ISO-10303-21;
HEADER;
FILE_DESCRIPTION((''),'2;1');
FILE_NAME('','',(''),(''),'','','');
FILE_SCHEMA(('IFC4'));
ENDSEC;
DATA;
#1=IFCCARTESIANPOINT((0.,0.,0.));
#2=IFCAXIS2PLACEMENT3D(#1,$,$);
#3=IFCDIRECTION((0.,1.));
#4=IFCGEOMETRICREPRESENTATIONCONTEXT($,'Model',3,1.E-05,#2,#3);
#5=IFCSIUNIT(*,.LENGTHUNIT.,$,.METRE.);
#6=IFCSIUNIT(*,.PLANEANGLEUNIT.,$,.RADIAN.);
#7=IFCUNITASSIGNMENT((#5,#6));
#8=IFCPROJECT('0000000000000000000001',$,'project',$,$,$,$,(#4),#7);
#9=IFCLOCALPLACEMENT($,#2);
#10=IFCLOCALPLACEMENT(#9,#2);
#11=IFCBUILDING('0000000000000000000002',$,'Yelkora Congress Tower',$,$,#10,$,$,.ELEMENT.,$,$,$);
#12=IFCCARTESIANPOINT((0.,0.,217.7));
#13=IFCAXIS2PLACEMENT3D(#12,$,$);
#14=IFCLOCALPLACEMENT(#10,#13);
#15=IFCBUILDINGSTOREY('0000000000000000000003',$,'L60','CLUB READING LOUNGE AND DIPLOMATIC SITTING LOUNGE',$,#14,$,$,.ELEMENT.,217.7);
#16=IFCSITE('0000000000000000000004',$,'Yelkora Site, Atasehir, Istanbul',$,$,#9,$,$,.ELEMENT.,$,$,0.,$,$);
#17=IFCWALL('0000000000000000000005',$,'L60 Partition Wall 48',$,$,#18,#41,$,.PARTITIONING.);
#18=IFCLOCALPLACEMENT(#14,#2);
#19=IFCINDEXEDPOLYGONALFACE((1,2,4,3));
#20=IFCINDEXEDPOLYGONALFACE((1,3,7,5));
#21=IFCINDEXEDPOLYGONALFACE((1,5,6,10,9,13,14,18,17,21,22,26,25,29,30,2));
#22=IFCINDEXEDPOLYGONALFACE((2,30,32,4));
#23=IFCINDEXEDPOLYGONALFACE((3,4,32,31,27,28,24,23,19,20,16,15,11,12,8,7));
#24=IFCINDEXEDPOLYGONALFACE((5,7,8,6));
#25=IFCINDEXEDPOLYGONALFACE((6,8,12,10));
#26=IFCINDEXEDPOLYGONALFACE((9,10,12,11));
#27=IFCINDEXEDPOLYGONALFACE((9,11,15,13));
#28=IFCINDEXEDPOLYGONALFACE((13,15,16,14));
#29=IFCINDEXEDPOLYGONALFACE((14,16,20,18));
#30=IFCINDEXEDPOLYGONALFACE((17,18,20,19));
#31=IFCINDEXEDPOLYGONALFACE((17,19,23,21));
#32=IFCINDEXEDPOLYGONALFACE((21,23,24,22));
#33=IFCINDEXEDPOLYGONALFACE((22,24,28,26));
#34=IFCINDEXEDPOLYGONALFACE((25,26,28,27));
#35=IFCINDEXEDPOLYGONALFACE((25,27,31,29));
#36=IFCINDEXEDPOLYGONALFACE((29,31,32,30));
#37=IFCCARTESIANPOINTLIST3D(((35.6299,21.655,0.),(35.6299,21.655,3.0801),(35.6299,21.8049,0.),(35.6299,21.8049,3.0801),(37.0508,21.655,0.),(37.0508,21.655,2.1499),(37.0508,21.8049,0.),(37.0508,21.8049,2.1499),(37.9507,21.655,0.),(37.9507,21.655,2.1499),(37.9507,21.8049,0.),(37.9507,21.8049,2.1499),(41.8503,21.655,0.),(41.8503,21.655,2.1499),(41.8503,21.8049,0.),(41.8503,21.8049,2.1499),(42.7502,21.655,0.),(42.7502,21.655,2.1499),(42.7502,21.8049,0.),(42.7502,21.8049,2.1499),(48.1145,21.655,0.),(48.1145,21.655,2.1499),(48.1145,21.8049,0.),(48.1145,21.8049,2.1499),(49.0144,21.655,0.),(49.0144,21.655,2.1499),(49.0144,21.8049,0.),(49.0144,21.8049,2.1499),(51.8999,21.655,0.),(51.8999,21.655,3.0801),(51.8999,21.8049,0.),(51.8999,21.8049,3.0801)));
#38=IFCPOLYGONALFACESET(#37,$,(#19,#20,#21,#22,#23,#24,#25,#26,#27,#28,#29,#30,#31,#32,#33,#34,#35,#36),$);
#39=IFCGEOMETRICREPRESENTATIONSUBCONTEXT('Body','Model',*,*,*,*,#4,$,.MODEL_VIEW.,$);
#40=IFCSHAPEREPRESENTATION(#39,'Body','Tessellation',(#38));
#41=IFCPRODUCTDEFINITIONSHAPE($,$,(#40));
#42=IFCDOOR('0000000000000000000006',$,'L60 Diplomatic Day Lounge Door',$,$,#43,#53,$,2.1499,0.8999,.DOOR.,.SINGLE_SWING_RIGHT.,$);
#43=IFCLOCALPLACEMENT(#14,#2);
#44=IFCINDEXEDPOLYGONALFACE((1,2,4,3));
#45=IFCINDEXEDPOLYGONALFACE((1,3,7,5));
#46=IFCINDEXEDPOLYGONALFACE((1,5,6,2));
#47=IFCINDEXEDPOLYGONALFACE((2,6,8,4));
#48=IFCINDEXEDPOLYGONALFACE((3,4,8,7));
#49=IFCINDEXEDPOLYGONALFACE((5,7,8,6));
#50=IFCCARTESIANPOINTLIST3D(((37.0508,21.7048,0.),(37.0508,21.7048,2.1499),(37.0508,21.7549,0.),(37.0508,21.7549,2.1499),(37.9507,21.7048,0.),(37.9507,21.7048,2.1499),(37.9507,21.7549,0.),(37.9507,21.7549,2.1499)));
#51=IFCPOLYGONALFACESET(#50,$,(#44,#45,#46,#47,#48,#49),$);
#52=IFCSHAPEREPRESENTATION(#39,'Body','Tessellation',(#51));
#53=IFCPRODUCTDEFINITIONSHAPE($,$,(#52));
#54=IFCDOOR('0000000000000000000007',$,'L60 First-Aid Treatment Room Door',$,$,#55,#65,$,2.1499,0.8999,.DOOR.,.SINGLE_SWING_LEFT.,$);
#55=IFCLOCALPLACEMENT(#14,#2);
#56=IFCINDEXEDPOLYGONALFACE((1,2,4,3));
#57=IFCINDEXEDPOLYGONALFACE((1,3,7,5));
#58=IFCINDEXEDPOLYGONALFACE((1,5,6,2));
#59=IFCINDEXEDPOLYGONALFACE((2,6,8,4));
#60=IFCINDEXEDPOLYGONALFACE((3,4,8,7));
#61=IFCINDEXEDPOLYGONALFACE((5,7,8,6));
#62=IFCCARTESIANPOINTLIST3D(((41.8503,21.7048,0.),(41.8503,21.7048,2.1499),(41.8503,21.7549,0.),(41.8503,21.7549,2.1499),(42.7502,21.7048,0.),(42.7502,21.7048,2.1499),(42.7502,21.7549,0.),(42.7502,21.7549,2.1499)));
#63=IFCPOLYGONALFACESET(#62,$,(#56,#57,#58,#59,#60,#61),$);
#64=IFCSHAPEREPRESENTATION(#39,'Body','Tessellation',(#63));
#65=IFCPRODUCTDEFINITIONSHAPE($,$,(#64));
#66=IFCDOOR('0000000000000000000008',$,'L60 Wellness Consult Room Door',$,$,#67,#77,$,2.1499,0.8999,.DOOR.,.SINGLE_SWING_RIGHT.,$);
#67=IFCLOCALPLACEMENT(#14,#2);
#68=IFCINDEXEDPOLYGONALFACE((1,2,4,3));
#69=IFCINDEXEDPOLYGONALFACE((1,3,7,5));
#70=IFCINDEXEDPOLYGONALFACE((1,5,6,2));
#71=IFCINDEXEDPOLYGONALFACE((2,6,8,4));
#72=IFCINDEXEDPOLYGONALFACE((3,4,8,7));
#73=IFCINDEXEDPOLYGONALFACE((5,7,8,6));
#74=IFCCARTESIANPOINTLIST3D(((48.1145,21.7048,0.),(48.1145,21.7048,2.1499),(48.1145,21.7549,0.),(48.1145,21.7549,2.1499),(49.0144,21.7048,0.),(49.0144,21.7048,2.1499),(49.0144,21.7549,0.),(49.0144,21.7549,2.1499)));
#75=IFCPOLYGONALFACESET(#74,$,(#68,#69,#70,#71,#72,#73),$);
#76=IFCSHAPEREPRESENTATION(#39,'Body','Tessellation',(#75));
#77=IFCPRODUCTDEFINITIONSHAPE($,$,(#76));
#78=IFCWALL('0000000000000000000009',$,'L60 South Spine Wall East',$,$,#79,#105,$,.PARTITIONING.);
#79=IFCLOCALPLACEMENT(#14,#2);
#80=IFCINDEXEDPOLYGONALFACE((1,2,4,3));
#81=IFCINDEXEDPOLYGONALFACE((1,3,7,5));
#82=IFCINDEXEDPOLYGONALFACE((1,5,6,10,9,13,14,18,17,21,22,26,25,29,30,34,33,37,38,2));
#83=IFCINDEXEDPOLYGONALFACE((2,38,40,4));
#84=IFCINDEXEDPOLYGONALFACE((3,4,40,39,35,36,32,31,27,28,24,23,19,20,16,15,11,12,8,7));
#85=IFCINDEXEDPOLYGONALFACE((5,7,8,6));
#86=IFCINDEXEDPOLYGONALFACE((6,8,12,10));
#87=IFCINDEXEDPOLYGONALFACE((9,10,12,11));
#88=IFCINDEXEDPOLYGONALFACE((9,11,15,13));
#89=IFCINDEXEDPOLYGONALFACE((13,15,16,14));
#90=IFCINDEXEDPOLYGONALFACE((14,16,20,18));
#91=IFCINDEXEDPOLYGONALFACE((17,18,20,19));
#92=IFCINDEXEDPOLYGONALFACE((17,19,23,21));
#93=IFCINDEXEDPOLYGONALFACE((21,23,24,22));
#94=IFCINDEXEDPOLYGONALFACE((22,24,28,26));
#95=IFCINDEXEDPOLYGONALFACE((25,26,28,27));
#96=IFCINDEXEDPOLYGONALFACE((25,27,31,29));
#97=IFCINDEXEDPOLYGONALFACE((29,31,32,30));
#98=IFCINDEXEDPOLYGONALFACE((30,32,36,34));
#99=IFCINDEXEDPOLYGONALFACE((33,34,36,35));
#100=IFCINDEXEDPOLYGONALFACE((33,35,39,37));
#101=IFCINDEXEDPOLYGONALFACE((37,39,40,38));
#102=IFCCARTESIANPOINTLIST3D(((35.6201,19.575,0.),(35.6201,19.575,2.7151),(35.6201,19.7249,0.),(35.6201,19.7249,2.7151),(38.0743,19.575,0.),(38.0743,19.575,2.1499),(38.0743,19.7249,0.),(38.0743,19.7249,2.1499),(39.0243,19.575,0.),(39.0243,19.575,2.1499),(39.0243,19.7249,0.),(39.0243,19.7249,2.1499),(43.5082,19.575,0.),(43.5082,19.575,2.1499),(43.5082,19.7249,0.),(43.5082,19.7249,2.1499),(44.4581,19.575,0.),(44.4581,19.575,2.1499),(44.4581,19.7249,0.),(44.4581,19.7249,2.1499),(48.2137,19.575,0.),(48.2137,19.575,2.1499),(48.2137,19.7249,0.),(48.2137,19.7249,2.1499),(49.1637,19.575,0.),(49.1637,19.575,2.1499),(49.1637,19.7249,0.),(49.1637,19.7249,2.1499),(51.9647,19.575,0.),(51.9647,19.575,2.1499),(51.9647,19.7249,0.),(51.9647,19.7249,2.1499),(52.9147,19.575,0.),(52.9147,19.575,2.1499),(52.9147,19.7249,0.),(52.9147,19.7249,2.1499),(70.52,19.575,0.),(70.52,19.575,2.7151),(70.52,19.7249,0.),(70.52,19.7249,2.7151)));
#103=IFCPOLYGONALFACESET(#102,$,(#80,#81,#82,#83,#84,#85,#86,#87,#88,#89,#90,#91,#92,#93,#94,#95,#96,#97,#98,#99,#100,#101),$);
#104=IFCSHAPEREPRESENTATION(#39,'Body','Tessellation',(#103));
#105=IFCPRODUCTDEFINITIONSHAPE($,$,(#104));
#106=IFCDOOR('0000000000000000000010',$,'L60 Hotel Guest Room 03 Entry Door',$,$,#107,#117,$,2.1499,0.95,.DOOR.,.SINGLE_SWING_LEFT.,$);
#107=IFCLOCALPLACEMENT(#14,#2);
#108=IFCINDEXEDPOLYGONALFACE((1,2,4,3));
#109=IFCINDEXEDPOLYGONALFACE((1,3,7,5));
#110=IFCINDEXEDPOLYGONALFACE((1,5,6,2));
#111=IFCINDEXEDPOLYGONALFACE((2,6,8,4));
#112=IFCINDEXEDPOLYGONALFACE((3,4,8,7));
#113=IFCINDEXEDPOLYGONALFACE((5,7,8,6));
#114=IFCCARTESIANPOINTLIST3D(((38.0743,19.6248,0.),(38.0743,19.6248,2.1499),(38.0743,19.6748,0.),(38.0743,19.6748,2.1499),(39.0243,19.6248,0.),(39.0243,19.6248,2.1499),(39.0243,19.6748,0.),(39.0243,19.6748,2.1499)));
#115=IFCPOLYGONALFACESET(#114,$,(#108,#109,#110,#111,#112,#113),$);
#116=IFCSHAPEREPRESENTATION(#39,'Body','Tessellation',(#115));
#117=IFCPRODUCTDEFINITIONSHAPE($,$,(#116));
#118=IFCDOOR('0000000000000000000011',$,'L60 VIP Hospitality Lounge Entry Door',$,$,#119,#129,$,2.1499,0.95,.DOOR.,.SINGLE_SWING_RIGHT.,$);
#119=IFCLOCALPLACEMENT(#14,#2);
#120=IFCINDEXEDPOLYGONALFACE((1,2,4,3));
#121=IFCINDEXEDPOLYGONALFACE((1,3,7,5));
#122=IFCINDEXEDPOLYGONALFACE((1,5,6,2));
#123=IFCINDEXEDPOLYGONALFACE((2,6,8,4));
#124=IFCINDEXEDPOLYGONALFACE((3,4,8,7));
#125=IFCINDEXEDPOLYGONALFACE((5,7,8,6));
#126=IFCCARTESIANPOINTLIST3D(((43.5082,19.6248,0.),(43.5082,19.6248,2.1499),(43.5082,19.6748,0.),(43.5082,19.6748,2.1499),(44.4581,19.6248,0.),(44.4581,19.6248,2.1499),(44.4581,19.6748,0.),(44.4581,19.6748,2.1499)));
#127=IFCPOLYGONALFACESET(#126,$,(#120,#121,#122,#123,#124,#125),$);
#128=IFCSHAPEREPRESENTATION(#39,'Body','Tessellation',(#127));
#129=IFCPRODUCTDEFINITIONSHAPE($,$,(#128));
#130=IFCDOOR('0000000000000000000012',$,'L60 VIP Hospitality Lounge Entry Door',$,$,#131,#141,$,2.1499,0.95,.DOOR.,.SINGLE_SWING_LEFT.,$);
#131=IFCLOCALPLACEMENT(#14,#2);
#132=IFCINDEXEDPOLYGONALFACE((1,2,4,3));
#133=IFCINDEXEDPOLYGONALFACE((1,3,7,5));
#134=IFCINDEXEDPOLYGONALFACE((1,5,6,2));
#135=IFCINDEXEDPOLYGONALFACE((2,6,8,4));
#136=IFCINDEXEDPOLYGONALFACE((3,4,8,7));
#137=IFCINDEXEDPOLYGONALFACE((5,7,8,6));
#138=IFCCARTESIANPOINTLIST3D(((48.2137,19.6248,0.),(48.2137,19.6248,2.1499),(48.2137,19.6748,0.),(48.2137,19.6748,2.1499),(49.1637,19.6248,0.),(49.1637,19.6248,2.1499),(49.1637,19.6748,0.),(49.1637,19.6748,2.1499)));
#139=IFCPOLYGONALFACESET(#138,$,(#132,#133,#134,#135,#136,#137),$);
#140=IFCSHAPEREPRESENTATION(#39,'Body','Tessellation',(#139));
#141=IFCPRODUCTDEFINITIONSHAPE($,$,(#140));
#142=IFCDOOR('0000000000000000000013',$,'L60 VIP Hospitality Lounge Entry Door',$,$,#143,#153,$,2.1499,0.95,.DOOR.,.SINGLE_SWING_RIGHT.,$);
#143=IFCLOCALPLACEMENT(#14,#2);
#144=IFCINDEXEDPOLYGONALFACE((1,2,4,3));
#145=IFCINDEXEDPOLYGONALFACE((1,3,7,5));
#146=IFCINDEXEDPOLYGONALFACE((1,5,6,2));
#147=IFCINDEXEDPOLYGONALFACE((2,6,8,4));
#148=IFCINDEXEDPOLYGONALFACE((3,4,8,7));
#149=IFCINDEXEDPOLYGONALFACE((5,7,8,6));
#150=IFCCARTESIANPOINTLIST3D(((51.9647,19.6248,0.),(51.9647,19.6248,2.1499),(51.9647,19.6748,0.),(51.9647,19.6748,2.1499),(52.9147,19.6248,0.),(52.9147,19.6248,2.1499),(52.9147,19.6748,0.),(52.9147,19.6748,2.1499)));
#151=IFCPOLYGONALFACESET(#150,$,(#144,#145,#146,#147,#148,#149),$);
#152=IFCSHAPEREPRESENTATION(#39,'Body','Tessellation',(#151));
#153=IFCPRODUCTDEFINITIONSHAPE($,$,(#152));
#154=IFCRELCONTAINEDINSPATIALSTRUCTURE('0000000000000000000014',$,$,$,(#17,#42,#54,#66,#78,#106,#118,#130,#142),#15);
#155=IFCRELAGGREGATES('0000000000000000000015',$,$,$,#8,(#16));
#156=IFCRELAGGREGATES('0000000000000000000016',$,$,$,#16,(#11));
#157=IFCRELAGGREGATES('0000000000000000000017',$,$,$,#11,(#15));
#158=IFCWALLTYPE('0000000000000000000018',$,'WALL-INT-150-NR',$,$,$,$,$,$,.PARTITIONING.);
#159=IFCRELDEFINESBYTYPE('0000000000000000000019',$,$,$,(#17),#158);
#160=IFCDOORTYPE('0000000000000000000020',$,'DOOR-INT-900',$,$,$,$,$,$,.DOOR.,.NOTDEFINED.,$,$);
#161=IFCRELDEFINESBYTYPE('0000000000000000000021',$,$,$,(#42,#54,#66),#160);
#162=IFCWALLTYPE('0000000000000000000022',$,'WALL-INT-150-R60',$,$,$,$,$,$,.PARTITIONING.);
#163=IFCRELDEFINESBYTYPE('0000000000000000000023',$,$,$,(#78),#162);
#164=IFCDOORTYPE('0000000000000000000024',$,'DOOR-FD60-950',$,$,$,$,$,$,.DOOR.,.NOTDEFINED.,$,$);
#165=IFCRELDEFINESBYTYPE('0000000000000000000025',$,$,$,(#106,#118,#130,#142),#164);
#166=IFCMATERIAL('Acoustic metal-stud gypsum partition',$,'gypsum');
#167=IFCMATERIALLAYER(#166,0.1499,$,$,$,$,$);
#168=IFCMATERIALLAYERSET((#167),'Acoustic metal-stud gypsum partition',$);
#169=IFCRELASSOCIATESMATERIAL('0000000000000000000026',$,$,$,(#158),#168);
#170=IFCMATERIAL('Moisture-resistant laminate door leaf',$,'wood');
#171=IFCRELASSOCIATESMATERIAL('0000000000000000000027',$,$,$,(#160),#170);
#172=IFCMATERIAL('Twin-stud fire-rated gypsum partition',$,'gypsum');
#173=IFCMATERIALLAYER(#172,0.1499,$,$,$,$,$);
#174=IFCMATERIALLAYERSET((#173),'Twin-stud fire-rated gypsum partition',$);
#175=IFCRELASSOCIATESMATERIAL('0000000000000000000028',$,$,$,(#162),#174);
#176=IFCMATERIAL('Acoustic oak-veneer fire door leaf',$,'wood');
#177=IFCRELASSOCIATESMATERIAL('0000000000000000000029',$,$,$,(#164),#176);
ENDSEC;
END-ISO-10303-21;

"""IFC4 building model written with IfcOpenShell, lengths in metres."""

from ifc_helpers import new_model, si_unit, direction, frame, frame_2d, origin, place, context, subcontext, project, spatial, rectangle, extrude, material, layer, layer_set, type_object, element, fill, save


model = new_model("IFC4")

# Units and contexts
model_context = context("Model", 3, precision=1e-05, world=origin(), true_north=direction((0.0, 1.0)))
body_context = subcontext(model_context, "Body", "Model", "MODEL_VIEW")
ifc_project = project(units=[si_unit("LENGTHUNIT", "METRE"), si_unit("PLANEANGLEUNIT", "RADIAN")], contexts=[model_context])

# Site, building, storey
site_placement = place(None, origin())
site = spatial("IfcSite", under=ifc_project, at=site_placement, Name="Yelkora Site, Atasehir, Istanbul", CompositionType="ELEMENT", RefElevation=0.0)
building_placement = place(site_placement, origin())
building = spatial("IfcBuilding", under=site, at=building_placement, Name="Yelkora Congress Tower", CompositionType="ELEMENT")
storey_placement = place(building_placement, frame((0.0, 0.0, 217.7)))
storey = spatial("IfcBuildingStorey", under=building, at=storey_placement, Name="L60", Description="CLUB READING LOUNGE AND DIPLOMATIC SITTING LOUNGE", CompositionType="ELEMENT", Elevation=217.7)

# Shared definitions
ifc_material_1 = material(Name="Acoustic metal-stud gypsum partition", Category="gypsum")
ifc_layer_1 = layer(ifc_material_1, 0.1499)
ifc_layer_set_1 = layer_set([ifc_layer_1], Name="Acoustic metal-stud gypsum partition")
wall_type_1 = type_object("IfcWallType", Name="WALL-INT-150-NR", PredefinedType="PARTITIONING", material=ifc_layer_set_1)
ifc_material_2 = material(Name="Moisture-resistant laminate door leaf", Category="wood")
door_type_1 = type_object("IfcDoorType", Name="DOOR-INT-900", OperationType="NOTDEFINED", PredefinedType="DOOR", material=ifc_material_2)

# Walls, openings, doors
wall_1_placement = place(storey_placement, frame((35.6299, 21.73, 0.0), z_axis=(0.0, 0.0, 1.0), x_axis=(1.0, 0.0, 0.0)))
wall_1 = element("IfcWall", 1, at=wall_1_placement, inside=storey, type_object=wall_type_1, Name="L60 Partition Wall 48", PredefinedType="PARTITIONING", context=body_context, shape_type="SweptSolid", body=[
    extrude(rectangle(XDim=16.27, YDim=0.1499, at=frame_2d((8.135, 0.0))), origin(), (0.0, 0.0, 1.0), 3.0801),
])
opening_1_placement = place(wall_1_placement, frame((1.4209, 0.0, 0.0)))
opening_1 = element("IfcOpeningElement", 2, at=opening_1_placement, cuts=wall_1, PredefinedType="OPENING", context=body_context, shape_type="SweptSolid", body=[
    extrude(rectangle(XDim=0.8999, YDim=2.1499, at=frame_2d((0.45, 1.075))), frame((0.0, 0.085, 0.0), z_axis=(0.0, -1.0, 0.0), x_axis=(1.0, 0.0, 0.0)), (0.0, 0.0, 1.0), 0.1699),
])
opening_2_placement = place(wall_1_placement, frame((6.2205, 0.0, 0.0)))
opening_2 = element("IfcOpeningElement", 3, at=opening_2_placement, cuts=wall_1, PredefinedType="OPENING", context=body_context, shape_type="SweptSolid", body=[
    extrude(rectangle(XDim=0.8999, YDim=2.1499, at=frame_2d((0.45, 1.075))), frame((0.0, 0.085, 0.0), z_axis=(0.0, -1.0, 0.0), x_axis=(1.0, 0.0, 0.0)), (0.0, 0.0, 1.0), 0.1699),
])
opening_3_placement = place(wall_1_placement, frame((12.4846, 0.0, 0.0)))
opening_3 = element("IfcOpeningElement", 4, at=opening_3_placement, cuts=wall_1, PredefinedType="OPENING", context=body_context, shape_type="SweptSolid", body=[
    extrude(rectangle(XDim=0.8999, YDim=2.1499, at=frame_2d((0.45, 1.075))), frame((0.0, 0.085, 0.0), z_axis=(0.0, -1.0, 0.0), x_axis=(1.0, 0.0, 0.0)), (0.0, 0.0, 1.0), 0.1699),
])
door_1_placement = place(opening_1_placement, origin())
door_1 = element("IfcDoor", 5, at=door_1_placement, inside=storey, type_object=door_type_1, Name="L60 Diplomatic Day Lounge Door", OperationType="SINGLE_SWING_RIGHT", OverallHeight=2.1499, OverallWidth=0.8999, PredefinedType="DOOR", context=body_context, shape_type="SweptSolid", body=[
    extrude(rectangle(XDim=0.8999, YDim=2.1499, at=frame_2d((0.45, 1.075))), frame((0.0, 0.0249, 0.0), z_axis=(0.0, -1.0, 0.0), x_axis=(1.0, 0.0, 0.0)), (0.0, 0.0, 1.0), 0.05),
])
fill(opening_1, door_1)
door_2_placement = place(opening_2_placement, origin())
door_2 = element("IfcDoor", 6, at=door_2_placement, inside=storey, type_object=door_type_1, Name="L60 First-Aid Treatment Room Door", OperationType="SINGLE_SWING_LEFT", OverallHeight=2.1499, OverallWidth=0.8999, PredefinedType="DOOR", context=body_context, shape_type="SweptSolid", body=[
    extrude(rectangle(XDim=0.8999, YDim=2.1499, at=frame_2d((0.45, 1.075))), frame((0.0, 0.0249, 0.0), z_axis=(0.0, -1.0, 0.0), x_axis=(1.0, 0.0, 0.0)), (0.0, 0.0, 1.0), 0.05),
])
fill(opening_2, door_2)
door_3_placement = place(opening_3_placement, origin())
door_3 = element("IfcDoor", 7, at=door_3_placement, inside=storey, type_object=door_type_1, Name="L60 Wellness Consult Room Door", OperationType="SINGLE_SWING_RIGHT", OverallHeight=2.1499, OverallWidth=0.8999, PredefinedType="DOOR", context=body_context, shape_type="SweptSolid", body=[
    extrude(rectangle(XDim=0.8999, YDim=2.1499, at=frame_2d((0.45, 1.075))), frame((0.0, 0.0249, 0.0), z_axis=(0.0, -1.0, 0.0), x_axis=(1.0, 0.0, 0.0)), (0.0, 0.0, 1.0), 0.05),
])
fill(opening_3, door_3)
ifc_material_3 = material(Name="Twin-stud fire-rated gypsum partition", Category="gypsum")
ifc_layer_2 = layer(ifc_material_3, 0.1499)
ifc_layer_set_2 = layer_set([ifc_layer_2], Name="Twin-stud fire-rated gypsum partition")
wall_type_2 = type_object("IfcWallType", Name="WALL-INT-150-R60", PredefinedType="PARTITIONING", material=ifc_layer_set_2)
wall_2_placement = place(storey_placement, frame((35.6201, 19.6499, 0.0), z_axis=(0.0, 0.0, 1.0), x_axis=(1.0, 0.0, 0.0)))
wall_2 = element("IfcWall", 8, at=wall_2_placement, inside=storey, type_object=wall_type_2, Name="L60 South Spine Wall East", PredefinedType="PARTITIONING", context=body_context, shape_type="SweptSolid", body=[
    extrude(rectangle(XDim=34.8999, YDim=0.1499, at=frame_2d((17.45, 0.0))), origin(), (0.0, 0.0, 1.0), 2.7151),
])
opening_4_placement = place(wall_2_placement, frame((2.4541, 0.0, 0.0)))
opening_4 = element("IfcOpeningElement", 9, at=opening_4_placement, cuts=wall_2, PredefinedType="OPENING", context=body_context, shape_type="SweptSolid", body=[
    extrude(rectangle(XDim=0.95, YDim=2.1499, at=frame_2d((0.4751, 1.075))), frame((0.0, 0.085, 0.0), z_axis=(0.0, -1.0, 0.0), x_axis=(1.0, 0.0, 0.0)), (0.0, 0.0, 1.0), 0.1699),
])
opening_5_placement = place(wall_2_placement, frame((7.8879, 0.0, 0.0)))
opening_5 = element("IfcOpeningElement", 10, at=opening_5_placement, cuts=wall_2, PredefinedType="OPENING", context=body_context, shape_type="SweptSolid", body=[
    extrude(rectangle(XDim=0.95, YDim=2.1499, at=frame_2d((0.4751, 1.075))), frame((0.0, 0.085, 0.0), z_axis=(0.0, -1.0, 0.0), x_axis=(1.0, 0.0, 0.0)), (0.0, 0.0, 1.0), 0.1699),
])
opening_6_placement = place(wall_2_placement, frame((12.5935, 0.0, 0.0)))
opening_6 = element("IfcOpeningElement", 11, at=opening_6_placement, cuts=wall_2, PredefinedType="OPENING", context=body_context, shape_type="SweptSolid", body=[
    extrude(rectangle(XDim=0.95, YDim=2.1499, at=frame_2d((0.4751, 1.075))), frame((0.0, 0.085, 0.0), z_axis=(0.0, -1.0, 0.0), x_axis=(1.0, 0.0, 0.0)), (0.0, 0.0, 1.0), 0.1699),
])
opening_7_placement = place(wall_2_placement, frame((16.3445, 0.0, 0.0)))
opening_7 = element("IfcOpeningElement", 12, at=opening_7_placement, cuts=wall_2, PredefinedType="OPENING", context=body_context, shape_type="SweptSolid", body=[
    extrude(rectangle(XDim=0.95, YDim=2.1499, at=frame_2d((0.4751, 1.075))), frame((0.0, 0.085, 0.0), z_axis=(0.0, -1.0, 0.0), x_axis=(1.0, 0.0, 0.0)), (0.0, 0.0, 1.0), 0.1699),
])
ifc_material_4 = material(Name="Acoustic oak-veneer fire door leaf", Category="wood")
door_type_2 = type_object("IfcDoorType", Name="DOOR-FD60-950", OperationType="NOTDEFINED", PredefinedType="DOOR", material=ifc_material_4)
door_4_placement = place(opening_4_placement, origin())
door_4 = element("IfcDoor", 13, at=door_4_placement, inside=storey, type_object=door_type_2, Name="L60 Hotel Guest Room 03 Entry Door", OperationType="SINGLE_SWING_LEFT", OverallHeight=2.1499, OverallWidth=0.95, PredefinedType="DOOR", context=body_context, shape_type="SweptSolid", body=[
    extrude(rectangle(XDim=0.95, YDim=2.1499, at=frame_2d((0.4751, 1.075))), frame((0.0, 0.0249, 0.0), z_axis=(0.0, -1.0, 0.0), x_axis=(1.0, 0.0, 0.0)), (0.0, 0.0, 1.0), 0.05),
])
fill(opening_4, door_4)
door_5_placement = place(opening_5_placement, origin())
door_5 = element("IfcDoor", 14, at=door_5_placement, inside=storey, type_object=door_type_2, Name="L60 VIP Hospitality Lounge Entry Door", OperationType="SINGLE_SWING_RIGHT", OverallHeight=2.1499, OverallWidth=0.95, PredefinedType="DOOR", context=body_context, shape_type="SweptSolid", body=[
    extrude(rectangle(XDim=0.95, YDim=2.1499, at=frame_2d((0.4751, 1.075))), frame((0.0, 0.0249, 0.0), z_axis=(0.0, -1.0, 0.0), x_axis=(1.0, 0.0, 0.0)), (0.0, 0.0, 1.0), 0.05),
])
fill(opening_5, door_5)
door_6_placement = place(opening_6_placement, origin())
door_6 = element("IfcDoor", 15, at=door_6_placement, inside=storey, type_object=door_type_2, Name="L60 VIP Hospitality Lounge Entry Door", OperationType="SINGLE_SWING_LEFT", OverallHeight=2.1499, OverallWidth=0.95, PredefinedType="DOOR", context=body_context, shape_type="SweptSolid", body=[
    extrude(rectangle(XDim=0.95, YDim=2.1499, at=frame_2d((0.4751, 1.075))), frame((0.0, 0.0249, 0.0), z_axis=(0.0, -1.0, 0.0), x_axis=(1.0, 0.0, 0.0)), (0.0, 0.0, 1.0), 0.05),
])
fill(opening_6, door_6)
door_7_placement = place(opening_7_placement, origin())
door_7 = element("IfcDoor", 16, at=door_7_placement, inside=storey, type_object=door_type_2, Name="L60 VIP Hospitality Lounge Entry Door", OperationType="SINGLE_SWING_RIGHT", OverallHeight=2.1499, OverallWidth=0.95, PredefinedType="DOOR", context=body_context, shape_type="SweptSolid", body=[
    extrude(rectangle(XDim=0.95, YDim=2.1499, at=frame_2d((0.4751, 1.075))), frame((0.0, 0.0249, 0.0), z_axis=(0.0, -1.0, 0.0), x_axis=(1.0, 0.0, 0.0)), (0.0, 0.0, 1.0), 0.05),
])
fill(opening_7, door_7)

save(model, "model.ifc")
